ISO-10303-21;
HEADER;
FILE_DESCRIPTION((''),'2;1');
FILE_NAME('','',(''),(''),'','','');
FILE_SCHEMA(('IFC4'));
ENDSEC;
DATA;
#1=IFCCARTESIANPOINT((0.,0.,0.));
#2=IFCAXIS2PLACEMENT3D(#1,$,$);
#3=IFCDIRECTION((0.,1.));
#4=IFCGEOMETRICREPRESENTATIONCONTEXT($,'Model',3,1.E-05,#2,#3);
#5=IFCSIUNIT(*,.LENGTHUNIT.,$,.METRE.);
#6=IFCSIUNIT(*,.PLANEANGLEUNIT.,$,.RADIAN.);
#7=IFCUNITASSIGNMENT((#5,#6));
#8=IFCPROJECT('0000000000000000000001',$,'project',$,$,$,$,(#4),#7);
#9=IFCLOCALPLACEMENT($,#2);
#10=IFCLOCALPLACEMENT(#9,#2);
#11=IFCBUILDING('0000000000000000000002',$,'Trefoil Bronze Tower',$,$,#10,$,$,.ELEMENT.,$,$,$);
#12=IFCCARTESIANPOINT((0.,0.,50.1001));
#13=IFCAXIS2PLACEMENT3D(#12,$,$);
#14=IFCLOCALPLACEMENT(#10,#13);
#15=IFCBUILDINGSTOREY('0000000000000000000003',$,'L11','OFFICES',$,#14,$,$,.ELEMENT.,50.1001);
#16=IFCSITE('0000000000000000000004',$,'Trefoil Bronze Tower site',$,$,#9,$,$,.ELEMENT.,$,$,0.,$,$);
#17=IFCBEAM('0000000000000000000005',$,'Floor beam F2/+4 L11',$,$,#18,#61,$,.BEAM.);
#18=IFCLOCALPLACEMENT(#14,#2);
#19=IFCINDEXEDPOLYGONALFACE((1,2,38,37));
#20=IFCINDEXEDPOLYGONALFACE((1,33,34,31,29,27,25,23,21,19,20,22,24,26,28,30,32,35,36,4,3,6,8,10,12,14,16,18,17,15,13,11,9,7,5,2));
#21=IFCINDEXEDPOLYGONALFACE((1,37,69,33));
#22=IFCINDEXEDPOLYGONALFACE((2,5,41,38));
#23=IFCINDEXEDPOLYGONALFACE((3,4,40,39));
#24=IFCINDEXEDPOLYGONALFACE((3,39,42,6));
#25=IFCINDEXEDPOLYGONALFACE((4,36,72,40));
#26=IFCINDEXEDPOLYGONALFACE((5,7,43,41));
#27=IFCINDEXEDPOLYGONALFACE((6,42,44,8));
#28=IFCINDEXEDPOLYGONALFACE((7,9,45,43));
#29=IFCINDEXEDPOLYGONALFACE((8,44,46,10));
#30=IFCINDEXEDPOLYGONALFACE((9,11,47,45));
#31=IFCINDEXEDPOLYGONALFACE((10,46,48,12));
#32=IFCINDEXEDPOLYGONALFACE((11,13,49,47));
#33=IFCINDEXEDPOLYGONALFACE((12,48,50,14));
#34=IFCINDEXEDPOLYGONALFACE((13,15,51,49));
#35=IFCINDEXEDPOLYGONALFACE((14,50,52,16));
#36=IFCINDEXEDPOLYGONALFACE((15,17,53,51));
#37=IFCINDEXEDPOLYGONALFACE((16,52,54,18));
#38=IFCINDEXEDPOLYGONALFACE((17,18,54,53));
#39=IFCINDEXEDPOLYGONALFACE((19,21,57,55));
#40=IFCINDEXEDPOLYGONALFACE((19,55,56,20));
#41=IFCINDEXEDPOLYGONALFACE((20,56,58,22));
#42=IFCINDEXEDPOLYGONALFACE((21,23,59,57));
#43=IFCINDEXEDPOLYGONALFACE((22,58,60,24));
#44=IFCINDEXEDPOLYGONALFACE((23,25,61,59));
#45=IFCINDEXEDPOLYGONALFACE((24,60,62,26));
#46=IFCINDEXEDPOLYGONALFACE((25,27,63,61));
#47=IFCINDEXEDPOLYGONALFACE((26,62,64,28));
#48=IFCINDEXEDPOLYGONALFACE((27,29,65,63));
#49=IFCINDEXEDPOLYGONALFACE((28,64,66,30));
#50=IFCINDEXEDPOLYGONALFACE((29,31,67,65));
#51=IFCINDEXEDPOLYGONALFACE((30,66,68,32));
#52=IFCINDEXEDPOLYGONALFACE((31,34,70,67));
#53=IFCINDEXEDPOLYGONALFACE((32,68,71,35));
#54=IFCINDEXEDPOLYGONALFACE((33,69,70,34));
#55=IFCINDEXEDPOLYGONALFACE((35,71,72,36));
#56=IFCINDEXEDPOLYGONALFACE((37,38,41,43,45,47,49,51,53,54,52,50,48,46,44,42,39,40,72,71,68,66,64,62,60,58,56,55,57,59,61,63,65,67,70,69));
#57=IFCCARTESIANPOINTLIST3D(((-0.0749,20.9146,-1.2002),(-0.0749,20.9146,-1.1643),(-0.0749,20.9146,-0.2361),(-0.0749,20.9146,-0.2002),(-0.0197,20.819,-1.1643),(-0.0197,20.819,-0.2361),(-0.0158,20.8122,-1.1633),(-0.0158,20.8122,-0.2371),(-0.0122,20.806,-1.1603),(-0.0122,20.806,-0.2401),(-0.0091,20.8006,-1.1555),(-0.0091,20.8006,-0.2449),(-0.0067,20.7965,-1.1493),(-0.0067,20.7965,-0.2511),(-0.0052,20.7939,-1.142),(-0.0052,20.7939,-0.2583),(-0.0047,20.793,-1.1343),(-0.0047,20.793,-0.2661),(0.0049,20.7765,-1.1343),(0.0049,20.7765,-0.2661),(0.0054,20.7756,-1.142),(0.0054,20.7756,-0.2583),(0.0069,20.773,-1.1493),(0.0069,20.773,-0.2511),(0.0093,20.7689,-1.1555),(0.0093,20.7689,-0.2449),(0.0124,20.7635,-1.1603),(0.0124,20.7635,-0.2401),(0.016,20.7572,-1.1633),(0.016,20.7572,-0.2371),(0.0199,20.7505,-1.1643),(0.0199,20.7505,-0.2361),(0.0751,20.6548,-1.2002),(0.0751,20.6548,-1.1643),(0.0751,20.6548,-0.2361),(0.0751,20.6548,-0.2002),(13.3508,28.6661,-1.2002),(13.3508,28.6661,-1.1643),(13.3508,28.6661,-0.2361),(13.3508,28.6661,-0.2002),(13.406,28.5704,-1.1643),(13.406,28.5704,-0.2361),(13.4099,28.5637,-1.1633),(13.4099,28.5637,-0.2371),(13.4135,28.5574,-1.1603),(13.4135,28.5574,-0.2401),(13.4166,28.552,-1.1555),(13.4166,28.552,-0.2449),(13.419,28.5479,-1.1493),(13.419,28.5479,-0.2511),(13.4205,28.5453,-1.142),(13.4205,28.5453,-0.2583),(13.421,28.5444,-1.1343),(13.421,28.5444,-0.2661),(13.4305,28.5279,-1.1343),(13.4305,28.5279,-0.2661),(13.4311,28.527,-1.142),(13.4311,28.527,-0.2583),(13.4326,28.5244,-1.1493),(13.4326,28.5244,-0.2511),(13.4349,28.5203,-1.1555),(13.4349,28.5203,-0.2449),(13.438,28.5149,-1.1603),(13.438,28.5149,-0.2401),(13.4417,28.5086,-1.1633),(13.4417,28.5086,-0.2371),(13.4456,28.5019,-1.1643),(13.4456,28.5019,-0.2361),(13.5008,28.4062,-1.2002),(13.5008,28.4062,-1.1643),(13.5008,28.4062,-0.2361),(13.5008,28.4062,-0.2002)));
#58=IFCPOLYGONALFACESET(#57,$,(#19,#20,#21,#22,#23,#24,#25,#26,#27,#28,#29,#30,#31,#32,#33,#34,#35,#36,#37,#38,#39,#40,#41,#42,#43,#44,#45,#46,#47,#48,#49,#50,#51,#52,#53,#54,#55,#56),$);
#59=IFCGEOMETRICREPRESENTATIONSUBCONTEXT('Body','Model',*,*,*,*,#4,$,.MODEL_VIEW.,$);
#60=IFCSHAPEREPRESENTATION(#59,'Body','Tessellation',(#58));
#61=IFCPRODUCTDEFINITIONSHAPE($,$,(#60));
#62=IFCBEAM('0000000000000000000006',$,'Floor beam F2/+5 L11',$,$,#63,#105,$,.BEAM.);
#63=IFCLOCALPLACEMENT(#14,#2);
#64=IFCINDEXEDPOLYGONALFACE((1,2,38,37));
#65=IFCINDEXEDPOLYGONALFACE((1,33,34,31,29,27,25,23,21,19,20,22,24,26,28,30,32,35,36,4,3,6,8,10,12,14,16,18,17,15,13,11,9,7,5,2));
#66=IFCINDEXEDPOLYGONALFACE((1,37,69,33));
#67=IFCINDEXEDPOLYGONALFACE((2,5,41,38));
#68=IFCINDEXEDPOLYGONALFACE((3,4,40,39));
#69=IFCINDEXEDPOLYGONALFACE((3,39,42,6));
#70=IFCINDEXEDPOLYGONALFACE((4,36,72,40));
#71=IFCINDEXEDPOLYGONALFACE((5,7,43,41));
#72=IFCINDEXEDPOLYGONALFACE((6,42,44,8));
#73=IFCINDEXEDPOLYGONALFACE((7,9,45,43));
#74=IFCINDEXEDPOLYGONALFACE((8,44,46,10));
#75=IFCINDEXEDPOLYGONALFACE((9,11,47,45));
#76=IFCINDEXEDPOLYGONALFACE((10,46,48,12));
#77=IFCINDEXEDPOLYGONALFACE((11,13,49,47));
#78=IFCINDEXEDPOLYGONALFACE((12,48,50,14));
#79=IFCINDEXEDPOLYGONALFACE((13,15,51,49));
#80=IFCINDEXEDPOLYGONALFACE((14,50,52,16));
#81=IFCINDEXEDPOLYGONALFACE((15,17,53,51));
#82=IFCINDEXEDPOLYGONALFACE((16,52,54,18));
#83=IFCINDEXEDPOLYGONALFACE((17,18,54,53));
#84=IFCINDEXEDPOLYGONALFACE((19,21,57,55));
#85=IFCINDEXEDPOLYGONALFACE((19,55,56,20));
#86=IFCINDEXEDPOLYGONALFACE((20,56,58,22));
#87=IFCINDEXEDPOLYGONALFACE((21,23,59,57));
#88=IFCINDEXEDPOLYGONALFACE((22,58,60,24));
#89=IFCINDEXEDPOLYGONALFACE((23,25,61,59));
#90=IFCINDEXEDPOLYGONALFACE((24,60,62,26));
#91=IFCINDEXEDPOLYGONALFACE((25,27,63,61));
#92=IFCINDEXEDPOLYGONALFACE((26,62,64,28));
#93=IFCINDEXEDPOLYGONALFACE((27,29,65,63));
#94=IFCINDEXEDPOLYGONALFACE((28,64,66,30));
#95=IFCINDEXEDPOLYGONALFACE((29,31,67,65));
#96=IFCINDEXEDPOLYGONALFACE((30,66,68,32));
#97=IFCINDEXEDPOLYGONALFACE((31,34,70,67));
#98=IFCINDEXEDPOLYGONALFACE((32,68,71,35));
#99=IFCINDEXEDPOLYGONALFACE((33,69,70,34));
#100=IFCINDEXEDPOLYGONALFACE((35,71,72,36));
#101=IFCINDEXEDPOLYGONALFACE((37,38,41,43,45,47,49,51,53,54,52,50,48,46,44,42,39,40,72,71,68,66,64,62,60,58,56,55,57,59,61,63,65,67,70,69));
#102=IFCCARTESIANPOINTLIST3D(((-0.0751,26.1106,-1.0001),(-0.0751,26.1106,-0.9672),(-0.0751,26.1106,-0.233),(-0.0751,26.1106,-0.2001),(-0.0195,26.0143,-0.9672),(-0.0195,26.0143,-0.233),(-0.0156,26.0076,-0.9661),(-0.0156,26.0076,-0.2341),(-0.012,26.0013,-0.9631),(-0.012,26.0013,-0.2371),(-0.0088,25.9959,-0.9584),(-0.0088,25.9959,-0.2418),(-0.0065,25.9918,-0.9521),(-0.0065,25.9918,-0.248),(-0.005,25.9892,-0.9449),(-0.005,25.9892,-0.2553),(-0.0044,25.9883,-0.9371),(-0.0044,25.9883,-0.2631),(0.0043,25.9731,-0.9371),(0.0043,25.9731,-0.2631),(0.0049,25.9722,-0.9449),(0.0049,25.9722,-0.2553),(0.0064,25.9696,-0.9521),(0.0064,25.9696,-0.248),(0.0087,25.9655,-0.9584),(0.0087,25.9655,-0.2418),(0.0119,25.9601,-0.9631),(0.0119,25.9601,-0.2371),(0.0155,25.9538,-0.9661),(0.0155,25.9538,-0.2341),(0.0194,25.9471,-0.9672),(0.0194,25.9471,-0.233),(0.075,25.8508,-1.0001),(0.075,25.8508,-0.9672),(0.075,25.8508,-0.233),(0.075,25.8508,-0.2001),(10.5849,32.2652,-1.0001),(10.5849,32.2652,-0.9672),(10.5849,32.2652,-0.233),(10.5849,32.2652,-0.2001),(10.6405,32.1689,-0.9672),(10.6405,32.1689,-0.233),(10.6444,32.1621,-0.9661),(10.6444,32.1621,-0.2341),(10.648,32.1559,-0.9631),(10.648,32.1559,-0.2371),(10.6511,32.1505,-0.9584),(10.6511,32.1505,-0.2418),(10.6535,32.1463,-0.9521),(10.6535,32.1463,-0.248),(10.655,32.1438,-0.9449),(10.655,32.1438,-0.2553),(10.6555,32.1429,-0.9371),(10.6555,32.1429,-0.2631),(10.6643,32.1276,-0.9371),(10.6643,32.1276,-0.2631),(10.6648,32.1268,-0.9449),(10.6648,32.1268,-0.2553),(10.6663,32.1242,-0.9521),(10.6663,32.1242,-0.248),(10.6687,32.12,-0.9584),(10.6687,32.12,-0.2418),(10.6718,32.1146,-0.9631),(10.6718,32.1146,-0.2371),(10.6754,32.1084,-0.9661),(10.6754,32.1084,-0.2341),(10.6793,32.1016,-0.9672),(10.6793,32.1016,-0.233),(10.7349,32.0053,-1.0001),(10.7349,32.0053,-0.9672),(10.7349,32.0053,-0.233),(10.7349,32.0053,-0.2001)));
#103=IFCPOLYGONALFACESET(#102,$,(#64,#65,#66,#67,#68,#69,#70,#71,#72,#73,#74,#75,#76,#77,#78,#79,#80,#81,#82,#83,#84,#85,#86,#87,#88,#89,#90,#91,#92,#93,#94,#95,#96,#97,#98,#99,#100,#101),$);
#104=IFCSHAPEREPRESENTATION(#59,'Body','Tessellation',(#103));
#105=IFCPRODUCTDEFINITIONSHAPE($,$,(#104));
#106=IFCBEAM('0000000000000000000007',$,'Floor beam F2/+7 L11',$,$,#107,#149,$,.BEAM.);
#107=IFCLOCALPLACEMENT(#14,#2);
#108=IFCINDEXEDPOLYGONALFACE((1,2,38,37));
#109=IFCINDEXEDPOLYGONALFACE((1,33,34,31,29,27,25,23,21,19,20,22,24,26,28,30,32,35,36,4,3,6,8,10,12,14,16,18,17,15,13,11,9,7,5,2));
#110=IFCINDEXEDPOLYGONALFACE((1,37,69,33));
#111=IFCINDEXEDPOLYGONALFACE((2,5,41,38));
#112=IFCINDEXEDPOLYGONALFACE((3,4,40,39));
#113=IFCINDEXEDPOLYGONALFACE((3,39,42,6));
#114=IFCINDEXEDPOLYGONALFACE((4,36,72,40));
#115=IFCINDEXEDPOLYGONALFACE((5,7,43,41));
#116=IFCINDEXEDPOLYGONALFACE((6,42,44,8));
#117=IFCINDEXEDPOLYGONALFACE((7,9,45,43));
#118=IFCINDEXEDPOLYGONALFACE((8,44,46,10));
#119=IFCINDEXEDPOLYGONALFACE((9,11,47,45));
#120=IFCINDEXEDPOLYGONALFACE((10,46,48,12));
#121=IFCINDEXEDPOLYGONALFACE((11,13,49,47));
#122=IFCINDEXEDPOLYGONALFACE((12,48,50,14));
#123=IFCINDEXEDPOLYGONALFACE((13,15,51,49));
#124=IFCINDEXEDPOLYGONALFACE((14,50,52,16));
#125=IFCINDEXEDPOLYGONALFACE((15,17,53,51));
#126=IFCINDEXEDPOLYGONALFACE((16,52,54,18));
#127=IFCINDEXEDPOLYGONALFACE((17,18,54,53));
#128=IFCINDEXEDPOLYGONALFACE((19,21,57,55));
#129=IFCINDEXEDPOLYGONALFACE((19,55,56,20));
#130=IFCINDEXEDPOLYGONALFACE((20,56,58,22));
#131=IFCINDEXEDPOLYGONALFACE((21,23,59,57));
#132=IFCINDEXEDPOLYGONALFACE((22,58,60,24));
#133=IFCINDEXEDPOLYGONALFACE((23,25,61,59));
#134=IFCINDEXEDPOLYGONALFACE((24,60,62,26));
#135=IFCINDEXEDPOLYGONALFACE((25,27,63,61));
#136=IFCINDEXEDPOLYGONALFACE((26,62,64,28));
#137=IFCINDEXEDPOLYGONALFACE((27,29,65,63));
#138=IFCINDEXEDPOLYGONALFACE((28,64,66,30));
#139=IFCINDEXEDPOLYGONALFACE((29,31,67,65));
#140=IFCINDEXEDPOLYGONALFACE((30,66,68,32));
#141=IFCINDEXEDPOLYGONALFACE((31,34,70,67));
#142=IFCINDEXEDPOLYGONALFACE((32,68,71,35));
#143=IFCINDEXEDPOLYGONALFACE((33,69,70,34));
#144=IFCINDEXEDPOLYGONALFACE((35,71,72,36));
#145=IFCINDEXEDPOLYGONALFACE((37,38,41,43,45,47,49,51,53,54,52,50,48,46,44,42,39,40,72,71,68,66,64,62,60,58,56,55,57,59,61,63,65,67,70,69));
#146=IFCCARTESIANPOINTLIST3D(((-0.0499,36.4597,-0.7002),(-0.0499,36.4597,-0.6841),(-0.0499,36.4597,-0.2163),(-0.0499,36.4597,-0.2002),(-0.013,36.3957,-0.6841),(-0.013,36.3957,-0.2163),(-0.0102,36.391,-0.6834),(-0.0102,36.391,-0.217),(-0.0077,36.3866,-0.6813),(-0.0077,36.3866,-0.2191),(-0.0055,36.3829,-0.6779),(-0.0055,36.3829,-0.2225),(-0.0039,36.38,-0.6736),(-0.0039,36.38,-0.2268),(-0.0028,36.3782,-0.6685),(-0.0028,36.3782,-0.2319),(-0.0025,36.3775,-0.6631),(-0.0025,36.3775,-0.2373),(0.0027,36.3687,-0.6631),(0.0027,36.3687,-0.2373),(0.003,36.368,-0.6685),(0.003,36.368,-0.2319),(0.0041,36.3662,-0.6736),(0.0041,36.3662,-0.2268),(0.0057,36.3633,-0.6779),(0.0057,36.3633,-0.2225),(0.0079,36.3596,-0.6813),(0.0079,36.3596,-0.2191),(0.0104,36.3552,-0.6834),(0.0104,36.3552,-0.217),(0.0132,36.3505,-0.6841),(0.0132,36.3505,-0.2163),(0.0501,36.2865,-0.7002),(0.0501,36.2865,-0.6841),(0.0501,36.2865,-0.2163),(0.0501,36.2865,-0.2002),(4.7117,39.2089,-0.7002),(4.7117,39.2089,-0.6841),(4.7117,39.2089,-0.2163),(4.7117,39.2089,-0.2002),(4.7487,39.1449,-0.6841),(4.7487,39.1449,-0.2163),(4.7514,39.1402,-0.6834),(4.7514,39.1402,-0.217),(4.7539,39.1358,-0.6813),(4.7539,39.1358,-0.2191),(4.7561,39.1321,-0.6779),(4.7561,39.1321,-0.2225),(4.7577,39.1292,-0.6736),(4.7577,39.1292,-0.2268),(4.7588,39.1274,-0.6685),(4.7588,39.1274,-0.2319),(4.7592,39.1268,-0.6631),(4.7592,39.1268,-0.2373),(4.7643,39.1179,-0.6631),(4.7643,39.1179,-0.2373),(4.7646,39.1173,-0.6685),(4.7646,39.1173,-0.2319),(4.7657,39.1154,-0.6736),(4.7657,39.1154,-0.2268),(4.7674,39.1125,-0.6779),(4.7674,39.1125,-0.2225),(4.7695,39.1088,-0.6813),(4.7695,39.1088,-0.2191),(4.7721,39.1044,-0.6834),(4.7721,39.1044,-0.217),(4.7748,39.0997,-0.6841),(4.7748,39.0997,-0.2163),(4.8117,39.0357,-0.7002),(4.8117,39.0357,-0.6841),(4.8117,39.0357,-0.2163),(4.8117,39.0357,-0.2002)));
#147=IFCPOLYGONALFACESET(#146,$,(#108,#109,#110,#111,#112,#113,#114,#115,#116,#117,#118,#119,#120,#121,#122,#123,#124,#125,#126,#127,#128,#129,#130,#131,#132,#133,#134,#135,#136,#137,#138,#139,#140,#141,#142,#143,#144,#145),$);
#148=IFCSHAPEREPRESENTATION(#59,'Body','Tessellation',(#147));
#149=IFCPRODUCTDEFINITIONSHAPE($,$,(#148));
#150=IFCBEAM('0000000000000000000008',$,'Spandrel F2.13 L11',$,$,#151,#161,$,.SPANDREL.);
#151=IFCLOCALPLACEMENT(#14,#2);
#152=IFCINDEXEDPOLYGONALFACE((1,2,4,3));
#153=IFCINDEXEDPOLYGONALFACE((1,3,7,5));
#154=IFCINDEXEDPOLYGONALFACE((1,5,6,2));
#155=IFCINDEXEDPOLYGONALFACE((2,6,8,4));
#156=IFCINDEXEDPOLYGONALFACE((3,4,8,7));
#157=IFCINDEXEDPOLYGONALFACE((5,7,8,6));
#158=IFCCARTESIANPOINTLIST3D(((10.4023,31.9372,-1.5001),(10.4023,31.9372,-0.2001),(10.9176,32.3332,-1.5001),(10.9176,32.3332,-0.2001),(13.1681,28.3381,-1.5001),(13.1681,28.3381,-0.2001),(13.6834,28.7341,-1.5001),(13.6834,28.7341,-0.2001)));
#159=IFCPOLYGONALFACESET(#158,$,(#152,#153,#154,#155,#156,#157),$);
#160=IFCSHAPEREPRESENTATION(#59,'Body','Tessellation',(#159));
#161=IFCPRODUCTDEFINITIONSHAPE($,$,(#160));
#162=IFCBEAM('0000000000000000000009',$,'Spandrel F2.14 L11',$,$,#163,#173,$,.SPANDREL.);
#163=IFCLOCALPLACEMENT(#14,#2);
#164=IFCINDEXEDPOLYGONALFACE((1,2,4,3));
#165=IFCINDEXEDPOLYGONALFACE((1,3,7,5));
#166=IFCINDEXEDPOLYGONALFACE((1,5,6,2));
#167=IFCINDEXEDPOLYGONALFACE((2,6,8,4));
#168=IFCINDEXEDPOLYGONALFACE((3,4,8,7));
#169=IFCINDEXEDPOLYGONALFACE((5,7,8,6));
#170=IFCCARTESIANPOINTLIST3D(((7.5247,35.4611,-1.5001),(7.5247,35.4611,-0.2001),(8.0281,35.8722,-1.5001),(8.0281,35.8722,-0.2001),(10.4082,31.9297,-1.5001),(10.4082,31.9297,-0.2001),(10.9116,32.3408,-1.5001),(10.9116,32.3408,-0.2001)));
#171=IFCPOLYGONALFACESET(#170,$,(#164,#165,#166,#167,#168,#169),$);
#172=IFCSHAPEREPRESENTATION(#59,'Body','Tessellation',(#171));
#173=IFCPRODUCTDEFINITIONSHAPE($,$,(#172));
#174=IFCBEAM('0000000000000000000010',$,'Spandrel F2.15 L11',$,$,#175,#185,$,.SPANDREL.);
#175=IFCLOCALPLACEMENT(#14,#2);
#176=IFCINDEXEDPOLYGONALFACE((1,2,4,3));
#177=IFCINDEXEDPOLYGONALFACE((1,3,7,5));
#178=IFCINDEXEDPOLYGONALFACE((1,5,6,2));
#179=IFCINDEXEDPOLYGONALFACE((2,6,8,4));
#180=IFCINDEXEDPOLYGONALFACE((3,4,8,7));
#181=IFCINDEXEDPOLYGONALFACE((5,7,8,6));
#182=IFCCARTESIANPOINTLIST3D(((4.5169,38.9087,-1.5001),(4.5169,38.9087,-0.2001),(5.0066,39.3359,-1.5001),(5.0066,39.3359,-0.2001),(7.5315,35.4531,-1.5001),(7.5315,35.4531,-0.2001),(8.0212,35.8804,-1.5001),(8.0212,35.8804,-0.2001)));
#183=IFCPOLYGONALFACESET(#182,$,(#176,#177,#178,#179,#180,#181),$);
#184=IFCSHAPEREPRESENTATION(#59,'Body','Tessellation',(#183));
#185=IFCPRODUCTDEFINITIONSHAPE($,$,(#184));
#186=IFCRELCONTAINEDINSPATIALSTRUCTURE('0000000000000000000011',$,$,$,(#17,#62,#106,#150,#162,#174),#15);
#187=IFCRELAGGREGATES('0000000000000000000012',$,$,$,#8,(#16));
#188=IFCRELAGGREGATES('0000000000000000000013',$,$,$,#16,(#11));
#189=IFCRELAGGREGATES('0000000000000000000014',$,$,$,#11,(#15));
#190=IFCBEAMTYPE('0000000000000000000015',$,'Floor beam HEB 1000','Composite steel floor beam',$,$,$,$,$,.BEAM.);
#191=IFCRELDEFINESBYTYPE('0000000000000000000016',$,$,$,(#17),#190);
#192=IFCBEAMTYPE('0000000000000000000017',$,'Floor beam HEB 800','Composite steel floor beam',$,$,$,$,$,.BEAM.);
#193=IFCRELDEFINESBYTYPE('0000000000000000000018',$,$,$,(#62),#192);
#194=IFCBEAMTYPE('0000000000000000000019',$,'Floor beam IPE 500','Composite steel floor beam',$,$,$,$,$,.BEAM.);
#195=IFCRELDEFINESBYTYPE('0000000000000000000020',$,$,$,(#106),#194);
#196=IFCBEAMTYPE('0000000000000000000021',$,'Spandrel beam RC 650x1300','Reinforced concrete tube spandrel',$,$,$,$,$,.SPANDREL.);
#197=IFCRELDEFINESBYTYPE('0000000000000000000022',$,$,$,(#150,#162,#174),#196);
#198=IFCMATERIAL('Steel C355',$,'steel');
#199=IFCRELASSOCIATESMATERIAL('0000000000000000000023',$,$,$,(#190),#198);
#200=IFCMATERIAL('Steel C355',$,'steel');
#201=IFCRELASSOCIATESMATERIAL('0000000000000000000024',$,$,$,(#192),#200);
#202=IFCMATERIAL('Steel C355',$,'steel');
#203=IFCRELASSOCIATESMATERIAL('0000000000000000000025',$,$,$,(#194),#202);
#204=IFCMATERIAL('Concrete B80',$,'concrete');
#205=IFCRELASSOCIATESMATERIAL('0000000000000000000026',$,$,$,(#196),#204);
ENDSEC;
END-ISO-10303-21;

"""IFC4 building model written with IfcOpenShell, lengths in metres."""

from ifc_helpers import new_model, si_unit, direction, frame, origin, origin_2d, place, context, subcontext, project, spatial, rectangle, i_section, extrude, material, material_profile, profile_set, type_object, element, save


model = new_model("IFC4")

# Units and contexts
model_context = context("Model", 3, precision=1e-05, world=origin(), true_north=direction((0.0, 1.0)))
body_context = subcontext(model_context, "Body", "Model", "MODEL_VIEW")
ifc_project = project(units=[si_unit("LENGTHUNIT", "METRE"), si_unit("PLANEANGLEUNIT", "RADIAN")], contexts=[model_context])

# Site, building, storey
site_placement = place(None, origin())
site = spatial("IfcSite", under=ifc_project, at=site_placement, Name="Trefoil Bronze Tower site", CompositionType="ELEMENT", RefElevation=0.0)
building_placement = place(site_placement, origin())
building = spatial("IfcBuilding", under=site, at=building_placement, Name="Trefoil Bronze Tower", CompositionType="ELEMENT")
storey_placement = place(building_placement, frame((0.0, 0.0, 50.1001)))
storey = spatial("IfcBuildingStorey", under=building, at=storey_placement, Name="L11", Description="OFFICES", CompositionType="ELEMENT", Elevation=50.1001)

# Beams
ifc_material_1 = material(Name="Steel C355", Category="steel")
ifc_material_profile_1 = material_profile(ifc_material_1, i_section(OverallWidth=0.3, OverallDepth=1.0, WebThickness=0.019, FlangeThickness=0.0359, FilletRadius=0.03, at=origin_2d()), Name="HEB 1000")
ifc_profile_set_1 = profile_set([ifc_material_profile_1], Name="Steel C355")
beam_type_1 = type_object("IfcBeamType", Name="Floor beam HEB 1000", Description="Composite steel floor beam", PredefinedType="BEAM", material=ifc_profile_set_1)
beam_1_placement = place(storey_placement, frame((13.4258, 28.5361, -0.7002), z_axis=(-0.866023, -0.500004, 0.0), x_axis=(0.500004, -0.866023, 0.0)))
element("IfcBeam", 1, at=beam_1_placement, inside=storey, type_object=beam_type_1, Name="Floor beam F2/+4 L11", PredefinedType="BEAM", context=body_context, shape_type="SweptSolid", body=[
    extrude(i_section(OverallWidth=0.3, OverallDepth=1.0, WebThickness=0.019, FlangeThickness=0.0359, FilletRadius=0.03, at=origin_2d()), origin(), (0.0, 0.0, 1.0), 15.5027),
])
ifc_material_2 = material(Name="Steel C355", Category="steel")
ifc_material_profile_2 = material_profile(ifc_material_2, i_section(OverallWidth=0.3, OverallDepth=0.8, WebThickness=0.0176, FlangeThickness=0.033, FilletRadius=0.03, at=origin_2d()), Name="HEB 800")
ifc_profile_set_2 = profile_set([ifc_material_profile_2], Name="Steel C355")
beam_type_2 = type_object("IfcBeamType", Name="Floor beam HEB 800", Description="Composite steel floor beam", PredefinedType="BEAM", material=ifc_profile_set_2)
beam_2_placement = place(storey_placement, frame((10.6599, 32.1353, -0.6001), z_axis=(-0.866024, -0.500002, 0.0), x_axis=(0.500002, -0.866024, 0.0)))
element("IfcBeam", 2, at=beam_2_placement, inside=storey, type_object=beam_type_2, Name="Floor beam F2/+5 L11", PredefinedType="BEAM", context=body_context, shape_type="SweptSolid", body=[
    extrude(i_section(OverallWidth=0.3, OverallDepth=0.8, WebThickness=0.0176, FlangeThickness=0.033, FilletRadius=0.03, at=origin_2d()), origin(), (0.0, 0.0, 1.0), 12.3091),
])
ifc_material_3 = material(Name="Steel C355", Category="steel")
ifc_material_profile_3 = material_profile(ifc_material_3, i_section(OverallWidth=0.2, OverallDepth=0.5, WebThickness=0.0103, FlangeThickness=0.0161, FilletRadius=0.021, at=origin_2d()), Name="IPE 500")
ifc_profile_set_3 = profile_set([ifc_material_profile_3], Name="Steel C355")
beam_type_3 = type_object("IfcBeamType", Name="Floor beam IPE 500", Description="Composite steel floor beam", PredefinedType="BEAM", material=ifc_profile_set_3)
beam_3_placement = place(storey_placement, frame((4.7617, 39.1223, -0.4502), z_axis=(-0.866018, -0.500012, 0.0), x_axis=(0.500012, -0.866018, 0.0)))
element("IfcBeam", 3, at=beam_3_placement, inside=storey, type_object=beam_type_3, Name="Floor beam F2/+7 L11", PredefinedType="BEAM", context=body_context, shape_type="SweptSolid", body=[
    extrude(i_section(OverallWidth=0.2, OverallDepth=0.5, WebThickness=0.0103, FlangeThickness=0.0161, FilletRadius=0.021, at=origin_2d()), origin(), (0.0, 0.0, 1.0), 5.4983),
])
ifc_material_4 = material(Name="Concrete B80", Category="concrete")
ifc_material_profile_4 = material_profile(ifc_material_4, rectangle(XDim=0.6499, YDim=1.3, at=origin_2d()), Name="RC 650x1300")
ifc_profile_set_4 = profile_set([ifc_material_profile_4], Name="Concrete B80")
beam_type_4 = type_object("IfcBeamType", Name="Spandrel beam RC 650x1300", Description="Reinforced concrete tube spandrel", PredefinedType="SPANDREL", material=ifc_profile_set_4)
beam_4_placement = place(storey_placement, frame((13.4258, 28.5361, -0.8501), z_axis=(-0.609339, 0.79291, 0.0), x_axis=(-0.79291, -0.609339, 0.0)))
element("IfcBeam", 4, at=beam_4_placement, inside=storey, type_object=beam_type_4, Name="Spandrel F2.13 L11", PredefinedType="SPANDREL", context=body_context, shape_type="SweptSolid", body=[
    extrude(rectangle(XDim=0.6499, YDim=1.3, at=origin_2d()), origin(), (0.0, 0.0, 1.0), 4.5391),
])
beam_5_placement = place(storey_placement, frame((10.6599, 32.1353, -0.8501), z_axis=(-0.632468, 0.774587, 0.0), x_axis=(-0.774587, -0.632468, 0.0)))
element("IfcBeam", 5, at=beam_5_placement, inside=storey, type_object=beam_type_4, Name="Spandrel F2.14 L11", PredefinedType="SPANDREL", context=body_context, shape_type="SweptSolid", body=[
    extrude(rectangle(XDim=0.6499, YDim=1.3, at=origin_2d()), origin(), (0.0, 0.0, 1.0), 4.5591),
])
beam_6_placement = place(storey_placement, frame((7.7764, 35.6667, -0.8501), z_axis=(-0.657396, 0.753545, 0.0), x_axis=(-0.753545, -0.657396, 0.0)))
element("IfcBeam", 6, at=beam_6_placement, inside=storey, type_object=beam_type_4, Name="Spandrel F2.15 L11", PredefinedType="SPANDREL", context=body_context, shape_type="SweptSolid", body=[
    extrude(rectangle(XDim=0.6499, YDim=1.3, at=origin_2d()), origin(), (0.0, 0.0, 1.0), 4.5857),
])

save(model, "model.ifc")
